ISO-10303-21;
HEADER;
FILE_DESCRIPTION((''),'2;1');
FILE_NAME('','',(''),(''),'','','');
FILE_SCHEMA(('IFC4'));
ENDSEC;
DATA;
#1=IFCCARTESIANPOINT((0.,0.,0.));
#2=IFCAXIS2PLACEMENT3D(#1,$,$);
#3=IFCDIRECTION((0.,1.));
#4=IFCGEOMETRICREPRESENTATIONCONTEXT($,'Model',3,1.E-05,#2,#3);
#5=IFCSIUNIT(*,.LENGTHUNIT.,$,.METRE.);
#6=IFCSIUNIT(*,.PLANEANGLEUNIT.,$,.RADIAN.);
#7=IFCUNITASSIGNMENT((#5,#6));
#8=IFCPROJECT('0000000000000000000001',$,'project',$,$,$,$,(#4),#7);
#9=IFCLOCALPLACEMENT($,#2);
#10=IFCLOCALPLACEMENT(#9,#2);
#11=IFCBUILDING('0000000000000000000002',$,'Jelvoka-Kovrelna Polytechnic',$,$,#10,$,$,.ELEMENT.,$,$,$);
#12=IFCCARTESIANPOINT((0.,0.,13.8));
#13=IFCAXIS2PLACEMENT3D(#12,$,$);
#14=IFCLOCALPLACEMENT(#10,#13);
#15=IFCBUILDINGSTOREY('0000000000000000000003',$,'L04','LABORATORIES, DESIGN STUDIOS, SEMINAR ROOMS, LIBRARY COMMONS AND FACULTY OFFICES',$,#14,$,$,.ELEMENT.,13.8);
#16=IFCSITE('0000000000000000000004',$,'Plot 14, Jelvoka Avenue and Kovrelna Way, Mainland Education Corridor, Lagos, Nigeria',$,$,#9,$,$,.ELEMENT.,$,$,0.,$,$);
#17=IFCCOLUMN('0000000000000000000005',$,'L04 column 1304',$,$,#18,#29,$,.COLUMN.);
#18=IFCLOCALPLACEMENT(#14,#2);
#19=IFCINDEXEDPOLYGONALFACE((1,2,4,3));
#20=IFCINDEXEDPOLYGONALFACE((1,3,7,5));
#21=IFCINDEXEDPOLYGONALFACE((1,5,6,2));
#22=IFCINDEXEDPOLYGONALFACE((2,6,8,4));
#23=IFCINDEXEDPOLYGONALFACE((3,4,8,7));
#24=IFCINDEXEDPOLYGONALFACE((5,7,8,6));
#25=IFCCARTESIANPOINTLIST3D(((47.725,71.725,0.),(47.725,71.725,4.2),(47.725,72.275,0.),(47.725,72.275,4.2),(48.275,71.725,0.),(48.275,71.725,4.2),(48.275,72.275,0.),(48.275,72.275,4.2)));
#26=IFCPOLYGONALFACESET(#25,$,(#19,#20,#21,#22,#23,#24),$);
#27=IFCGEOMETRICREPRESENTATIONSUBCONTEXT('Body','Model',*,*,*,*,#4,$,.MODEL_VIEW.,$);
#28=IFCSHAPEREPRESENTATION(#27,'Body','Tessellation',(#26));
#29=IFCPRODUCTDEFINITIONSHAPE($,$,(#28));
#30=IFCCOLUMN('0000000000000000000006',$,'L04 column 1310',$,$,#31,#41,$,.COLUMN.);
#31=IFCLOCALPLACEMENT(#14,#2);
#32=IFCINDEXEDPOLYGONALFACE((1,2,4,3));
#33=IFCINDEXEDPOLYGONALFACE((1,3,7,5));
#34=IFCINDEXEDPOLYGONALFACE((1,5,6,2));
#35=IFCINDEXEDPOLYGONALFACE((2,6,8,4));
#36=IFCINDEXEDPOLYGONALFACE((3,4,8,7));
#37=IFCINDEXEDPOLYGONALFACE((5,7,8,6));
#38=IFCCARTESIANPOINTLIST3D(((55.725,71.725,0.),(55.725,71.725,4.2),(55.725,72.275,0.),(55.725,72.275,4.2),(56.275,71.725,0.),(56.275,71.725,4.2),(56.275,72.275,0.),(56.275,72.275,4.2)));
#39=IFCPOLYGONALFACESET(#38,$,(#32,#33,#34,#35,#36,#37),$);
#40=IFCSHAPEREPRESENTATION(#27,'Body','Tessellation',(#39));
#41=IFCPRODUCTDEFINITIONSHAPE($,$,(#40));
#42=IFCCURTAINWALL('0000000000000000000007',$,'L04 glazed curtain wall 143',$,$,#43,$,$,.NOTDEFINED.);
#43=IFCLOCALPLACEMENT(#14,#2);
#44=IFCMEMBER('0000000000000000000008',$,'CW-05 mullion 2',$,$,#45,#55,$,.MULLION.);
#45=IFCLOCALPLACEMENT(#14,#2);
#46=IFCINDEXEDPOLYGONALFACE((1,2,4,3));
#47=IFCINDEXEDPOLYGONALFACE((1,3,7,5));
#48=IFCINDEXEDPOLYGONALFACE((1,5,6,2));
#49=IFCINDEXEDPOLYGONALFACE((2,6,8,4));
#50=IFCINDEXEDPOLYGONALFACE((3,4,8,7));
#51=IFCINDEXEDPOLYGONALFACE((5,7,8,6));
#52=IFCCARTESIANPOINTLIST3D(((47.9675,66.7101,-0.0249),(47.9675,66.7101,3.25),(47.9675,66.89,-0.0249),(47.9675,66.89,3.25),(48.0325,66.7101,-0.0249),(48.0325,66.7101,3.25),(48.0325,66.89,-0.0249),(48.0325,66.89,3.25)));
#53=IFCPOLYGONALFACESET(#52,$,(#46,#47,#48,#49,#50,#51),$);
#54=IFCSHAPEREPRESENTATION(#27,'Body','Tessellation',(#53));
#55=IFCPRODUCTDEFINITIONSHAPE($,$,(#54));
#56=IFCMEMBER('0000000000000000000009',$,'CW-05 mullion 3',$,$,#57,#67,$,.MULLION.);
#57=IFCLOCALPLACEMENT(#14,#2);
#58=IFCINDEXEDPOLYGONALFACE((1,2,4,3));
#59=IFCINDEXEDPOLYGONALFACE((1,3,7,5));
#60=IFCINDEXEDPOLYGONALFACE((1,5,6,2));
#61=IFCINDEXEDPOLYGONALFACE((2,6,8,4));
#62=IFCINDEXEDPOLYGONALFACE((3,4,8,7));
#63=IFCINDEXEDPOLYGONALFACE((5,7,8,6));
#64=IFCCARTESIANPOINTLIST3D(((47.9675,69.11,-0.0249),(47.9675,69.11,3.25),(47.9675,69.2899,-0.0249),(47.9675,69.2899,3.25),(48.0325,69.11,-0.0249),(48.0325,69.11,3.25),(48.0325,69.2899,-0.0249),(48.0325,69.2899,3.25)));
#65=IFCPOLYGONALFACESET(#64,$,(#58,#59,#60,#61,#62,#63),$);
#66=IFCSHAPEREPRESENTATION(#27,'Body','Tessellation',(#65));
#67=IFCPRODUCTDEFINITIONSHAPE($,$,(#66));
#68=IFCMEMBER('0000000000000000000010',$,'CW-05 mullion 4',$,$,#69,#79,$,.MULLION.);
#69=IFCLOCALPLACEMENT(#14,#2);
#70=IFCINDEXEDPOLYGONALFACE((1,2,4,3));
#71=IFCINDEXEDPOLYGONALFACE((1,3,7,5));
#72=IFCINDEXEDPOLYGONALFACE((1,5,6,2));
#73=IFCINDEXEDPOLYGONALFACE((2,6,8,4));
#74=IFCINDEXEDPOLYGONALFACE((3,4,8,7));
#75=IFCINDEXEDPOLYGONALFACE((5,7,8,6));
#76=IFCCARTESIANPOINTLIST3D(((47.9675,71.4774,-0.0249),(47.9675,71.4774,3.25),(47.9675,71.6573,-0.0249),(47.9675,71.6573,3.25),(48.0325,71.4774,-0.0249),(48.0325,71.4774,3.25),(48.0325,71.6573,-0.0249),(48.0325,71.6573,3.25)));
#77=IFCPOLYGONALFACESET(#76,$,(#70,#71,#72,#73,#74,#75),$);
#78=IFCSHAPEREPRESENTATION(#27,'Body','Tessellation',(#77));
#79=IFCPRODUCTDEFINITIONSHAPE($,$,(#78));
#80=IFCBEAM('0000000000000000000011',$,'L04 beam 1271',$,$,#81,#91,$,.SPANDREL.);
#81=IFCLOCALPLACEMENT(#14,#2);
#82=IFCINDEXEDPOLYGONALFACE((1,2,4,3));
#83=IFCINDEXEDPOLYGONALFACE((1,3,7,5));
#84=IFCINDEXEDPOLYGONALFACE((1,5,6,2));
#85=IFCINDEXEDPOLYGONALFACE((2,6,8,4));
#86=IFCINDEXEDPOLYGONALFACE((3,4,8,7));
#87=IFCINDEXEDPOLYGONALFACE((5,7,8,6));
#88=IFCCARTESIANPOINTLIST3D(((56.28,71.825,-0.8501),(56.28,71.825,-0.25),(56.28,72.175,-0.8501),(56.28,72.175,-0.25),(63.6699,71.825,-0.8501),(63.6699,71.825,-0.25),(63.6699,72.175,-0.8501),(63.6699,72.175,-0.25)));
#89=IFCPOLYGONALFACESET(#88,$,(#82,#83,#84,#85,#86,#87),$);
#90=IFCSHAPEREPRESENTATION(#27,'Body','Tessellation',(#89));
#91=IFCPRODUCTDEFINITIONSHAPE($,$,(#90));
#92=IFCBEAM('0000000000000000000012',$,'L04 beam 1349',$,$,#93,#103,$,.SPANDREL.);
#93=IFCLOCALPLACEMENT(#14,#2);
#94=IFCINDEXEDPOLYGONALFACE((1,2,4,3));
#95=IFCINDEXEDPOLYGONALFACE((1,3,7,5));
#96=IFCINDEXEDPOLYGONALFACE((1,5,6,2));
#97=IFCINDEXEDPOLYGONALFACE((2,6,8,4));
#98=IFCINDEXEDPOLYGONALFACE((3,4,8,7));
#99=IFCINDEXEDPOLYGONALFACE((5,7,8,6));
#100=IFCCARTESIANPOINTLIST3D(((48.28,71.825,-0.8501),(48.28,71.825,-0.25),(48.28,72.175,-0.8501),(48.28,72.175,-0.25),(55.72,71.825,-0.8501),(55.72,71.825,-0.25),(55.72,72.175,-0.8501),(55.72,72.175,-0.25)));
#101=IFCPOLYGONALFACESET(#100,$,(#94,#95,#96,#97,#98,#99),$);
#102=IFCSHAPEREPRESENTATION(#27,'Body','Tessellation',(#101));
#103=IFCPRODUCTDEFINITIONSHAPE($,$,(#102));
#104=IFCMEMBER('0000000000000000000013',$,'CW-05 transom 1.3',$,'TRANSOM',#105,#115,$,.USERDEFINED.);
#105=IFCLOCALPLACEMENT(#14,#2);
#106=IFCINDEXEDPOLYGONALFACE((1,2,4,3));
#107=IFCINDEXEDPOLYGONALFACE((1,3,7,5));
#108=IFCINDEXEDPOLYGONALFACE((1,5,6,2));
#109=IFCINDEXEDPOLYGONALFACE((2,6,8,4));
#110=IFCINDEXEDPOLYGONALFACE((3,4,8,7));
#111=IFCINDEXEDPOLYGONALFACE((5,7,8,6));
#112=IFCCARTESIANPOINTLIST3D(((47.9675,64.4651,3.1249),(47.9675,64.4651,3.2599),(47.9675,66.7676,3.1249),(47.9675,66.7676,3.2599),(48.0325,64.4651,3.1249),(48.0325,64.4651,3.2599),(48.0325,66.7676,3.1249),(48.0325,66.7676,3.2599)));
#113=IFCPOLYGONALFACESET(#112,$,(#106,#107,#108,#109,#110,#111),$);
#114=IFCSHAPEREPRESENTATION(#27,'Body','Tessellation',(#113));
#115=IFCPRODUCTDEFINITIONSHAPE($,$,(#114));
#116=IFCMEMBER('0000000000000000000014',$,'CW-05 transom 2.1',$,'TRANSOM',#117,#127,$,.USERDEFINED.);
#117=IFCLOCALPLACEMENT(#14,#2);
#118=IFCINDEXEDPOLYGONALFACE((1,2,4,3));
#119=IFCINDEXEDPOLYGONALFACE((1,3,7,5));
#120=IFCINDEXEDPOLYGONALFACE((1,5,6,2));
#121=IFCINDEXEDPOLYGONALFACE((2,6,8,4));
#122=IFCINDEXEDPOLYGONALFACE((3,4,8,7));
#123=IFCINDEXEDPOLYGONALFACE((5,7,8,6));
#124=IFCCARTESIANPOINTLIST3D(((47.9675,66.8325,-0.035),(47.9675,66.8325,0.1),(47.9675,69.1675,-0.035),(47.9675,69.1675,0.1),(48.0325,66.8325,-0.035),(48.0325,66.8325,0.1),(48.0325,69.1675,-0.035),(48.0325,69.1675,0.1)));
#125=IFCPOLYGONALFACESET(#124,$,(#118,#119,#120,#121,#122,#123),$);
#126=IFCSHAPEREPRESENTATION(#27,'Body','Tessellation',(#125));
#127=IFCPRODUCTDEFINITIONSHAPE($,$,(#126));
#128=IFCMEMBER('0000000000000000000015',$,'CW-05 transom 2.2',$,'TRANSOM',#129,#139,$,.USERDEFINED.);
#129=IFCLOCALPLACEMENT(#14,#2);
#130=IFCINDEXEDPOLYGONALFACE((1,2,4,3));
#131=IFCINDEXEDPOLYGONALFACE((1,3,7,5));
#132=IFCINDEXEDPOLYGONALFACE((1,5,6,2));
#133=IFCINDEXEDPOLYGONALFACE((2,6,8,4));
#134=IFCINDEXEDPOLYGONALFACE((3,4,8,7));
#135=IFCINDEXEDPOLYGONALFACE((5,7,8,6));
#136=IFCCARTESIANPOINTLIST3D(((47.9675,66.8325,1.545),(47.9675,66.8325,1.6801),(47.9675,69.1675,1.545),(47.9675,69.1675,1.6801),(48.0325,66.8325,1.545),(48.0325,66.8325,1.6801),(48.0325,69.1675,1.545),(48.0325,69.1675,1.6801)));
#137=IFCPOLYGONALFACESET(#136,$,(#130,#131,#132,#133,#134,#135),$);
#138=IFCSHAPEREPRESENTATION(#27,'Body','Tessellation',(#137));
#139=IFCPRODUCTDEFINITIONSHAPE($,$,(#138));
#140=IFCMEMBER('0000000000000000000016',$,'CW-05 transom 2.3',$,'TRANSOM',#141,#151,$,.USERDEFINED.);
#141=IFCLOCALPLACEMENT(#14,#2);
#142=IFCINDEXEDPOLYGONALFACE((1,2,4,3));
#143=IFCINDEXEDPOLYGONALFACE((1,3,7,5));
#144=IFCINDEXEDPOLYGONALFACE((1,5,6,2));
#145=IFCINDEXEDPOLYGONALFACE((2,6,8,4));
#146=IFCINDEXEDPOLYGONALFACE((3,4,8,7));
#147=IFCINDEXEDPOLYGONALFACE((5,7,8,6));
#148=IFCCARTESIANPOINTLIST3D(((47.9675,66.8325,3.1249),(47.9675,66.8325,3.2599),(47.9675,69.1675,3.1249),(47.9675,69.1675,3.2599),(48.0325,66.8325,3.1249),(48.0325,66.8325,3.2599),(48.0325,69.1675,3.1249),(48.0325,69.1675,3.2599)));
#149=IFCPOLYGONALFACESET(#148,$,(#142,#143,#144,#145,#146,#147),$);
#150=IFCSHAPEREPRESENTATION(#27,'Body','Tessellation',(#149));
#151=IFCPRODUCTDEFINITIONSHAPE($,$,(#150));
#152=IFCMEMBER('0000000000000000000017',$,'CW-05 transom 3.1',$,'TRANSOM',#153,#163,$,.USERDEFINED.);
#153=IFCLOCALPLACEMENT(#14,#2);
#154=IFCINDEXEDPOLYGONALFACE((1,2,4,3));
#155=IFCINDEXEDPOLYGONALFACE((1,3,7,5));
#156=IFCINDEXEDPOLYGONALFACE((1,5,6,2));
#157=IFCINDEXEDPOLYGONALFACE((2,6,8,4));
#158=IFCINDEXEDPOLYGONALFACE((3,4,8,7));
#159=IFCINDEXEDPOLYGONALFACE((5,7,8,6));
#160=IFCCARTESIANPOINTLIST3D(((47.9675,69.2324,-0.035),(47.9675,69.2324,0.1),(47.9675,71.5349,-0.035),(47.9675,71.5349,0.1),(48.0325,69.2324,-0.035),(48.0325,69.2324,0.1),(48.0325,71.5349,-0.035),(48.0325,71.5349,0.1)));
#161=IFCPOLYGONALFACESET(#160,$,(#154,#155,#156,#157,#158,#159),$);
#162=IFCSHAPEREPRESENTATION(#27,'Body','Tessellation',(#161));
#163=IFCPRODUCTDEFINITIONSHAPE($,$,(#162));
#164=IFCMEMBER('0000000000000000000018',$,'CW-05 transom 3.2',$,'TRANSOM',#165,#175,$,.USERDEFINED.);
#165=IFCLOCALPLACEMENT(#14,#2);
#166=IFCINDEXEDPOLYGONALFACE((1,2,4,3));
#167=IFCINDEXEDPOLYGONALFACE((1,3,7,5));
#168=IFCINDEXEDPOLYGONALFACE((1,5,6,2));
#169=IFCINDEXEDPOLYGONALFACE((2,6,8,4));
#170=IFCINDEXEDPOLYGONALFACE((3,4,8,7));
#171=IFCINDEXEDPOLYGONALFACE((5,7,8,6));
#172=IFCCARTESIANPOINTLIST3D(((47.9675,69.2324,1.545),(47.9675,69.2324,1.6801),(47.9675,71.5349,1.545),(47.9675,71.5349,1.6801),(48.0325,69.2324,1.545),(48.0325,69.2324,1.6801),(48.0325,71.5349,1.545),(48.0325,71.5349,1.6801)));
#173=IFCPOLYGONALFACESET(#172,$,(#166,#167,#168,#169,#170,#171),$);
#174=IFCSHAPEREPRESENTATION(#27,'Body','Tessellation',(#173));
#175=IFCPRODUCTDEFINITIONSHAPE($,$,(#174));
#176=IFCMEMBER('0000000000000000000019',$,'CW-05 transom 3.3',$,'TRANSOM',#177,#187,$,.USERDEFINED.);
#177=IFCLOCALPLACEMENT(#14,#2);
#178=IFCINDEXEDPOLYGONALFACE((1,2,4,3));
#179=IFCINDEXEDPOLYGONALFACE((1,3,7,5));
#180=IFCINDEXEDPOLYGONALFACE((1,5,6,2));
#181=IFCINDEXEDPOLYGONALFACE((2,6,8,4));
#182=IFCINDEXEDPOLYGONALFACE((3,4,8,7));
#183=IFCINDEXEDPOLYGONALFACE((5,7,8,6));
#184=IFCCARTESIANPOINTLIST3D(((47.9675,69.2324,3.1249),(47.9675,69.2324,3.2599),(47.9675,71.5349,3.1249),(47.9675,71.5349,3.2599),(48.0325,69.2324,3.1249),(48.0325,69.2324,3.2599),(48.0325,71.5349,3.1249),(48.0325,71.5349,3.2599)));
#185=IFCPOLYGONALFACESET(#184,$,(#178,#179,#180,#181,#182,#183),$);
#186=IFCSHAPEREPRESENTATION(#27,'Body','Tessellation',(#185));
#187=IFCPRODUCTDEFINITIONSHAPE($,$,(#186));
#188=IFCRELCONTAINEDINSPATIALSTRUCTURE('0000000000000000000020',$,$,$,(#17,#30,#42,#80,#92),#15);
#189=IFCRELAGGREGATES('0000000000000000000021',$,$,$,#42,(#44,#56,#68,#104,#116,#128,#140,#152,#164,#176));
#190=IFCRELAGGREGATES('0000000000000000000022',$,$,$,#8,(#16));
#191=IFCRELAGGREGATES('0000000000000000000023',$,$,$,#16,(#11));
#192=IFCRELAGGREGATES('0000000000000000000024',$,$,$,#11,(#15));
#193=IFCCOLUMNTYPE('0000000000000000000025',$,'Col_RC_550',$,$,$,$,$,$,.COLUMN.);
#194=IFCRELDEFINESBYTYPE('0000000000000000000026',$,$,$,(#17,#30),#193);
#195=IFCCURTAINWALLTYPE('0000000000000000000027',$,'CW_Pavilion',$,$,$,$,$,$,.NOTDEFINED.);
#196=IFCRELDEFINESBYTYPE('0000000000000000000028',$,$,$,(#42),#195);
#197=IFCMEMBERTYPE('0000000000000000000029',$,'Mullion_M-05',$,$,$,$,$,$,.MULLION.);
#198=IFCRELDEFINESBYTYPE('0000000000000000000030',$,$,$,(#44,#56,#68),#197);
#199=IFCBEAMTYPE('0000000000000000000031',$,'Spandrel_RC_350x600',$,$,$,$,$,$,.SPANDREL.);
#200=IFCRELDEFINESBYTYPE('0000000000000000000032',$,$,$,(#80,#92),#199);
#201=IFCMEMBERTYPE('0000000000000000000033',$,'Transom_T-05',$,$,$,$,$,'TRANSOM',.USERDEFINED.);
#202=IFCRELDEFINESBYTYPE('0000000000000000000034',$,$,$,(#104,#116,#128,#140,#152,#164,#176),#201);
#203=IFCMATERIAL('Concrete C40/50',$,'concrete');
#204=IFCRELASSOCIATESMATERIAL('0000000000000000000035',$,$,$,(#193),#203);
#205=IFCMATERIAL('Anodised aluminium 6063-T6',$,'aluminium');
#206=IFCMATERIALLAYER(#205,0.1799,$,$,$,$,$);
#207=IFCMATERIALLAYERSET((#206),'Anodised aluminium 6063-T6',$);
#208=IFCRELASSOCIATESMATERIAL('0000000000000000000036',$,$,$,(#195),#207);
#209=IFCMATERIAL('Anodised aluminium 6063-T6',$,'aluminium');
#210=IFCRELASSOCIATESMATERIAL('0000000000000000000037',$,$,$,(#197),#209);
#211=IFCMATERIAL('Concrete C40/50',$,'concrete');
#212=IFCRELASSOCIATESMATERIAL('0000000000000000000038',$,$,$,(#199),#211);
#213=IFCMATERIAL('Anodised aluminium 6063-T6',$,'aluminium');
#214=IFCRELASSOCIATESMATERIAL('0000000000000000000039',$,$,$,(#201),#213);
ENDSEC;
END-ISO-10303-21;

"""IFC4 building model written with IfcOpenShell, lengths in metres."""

from ifc_helpers import new_model, si_unit, direction, frame, origin, origin_2d, place, context, subcontext, project, spatial, rectangle, extrude, material, layer, layer_set, material_profile, profile_set, type_object, element, aggregate, save


model = new_model("IFC4")

# Units and contexts
model_context = context("Model", 3, precision=1e-05, world=origin(), true_north=direction((0.0, 1.0)))
body_context = subcontext(model_context, "Body", "Model", "MODEL_VIEW")
ifc_project = project(units=[si_unit("LENGTHUNIT", "METRE"), si_unit("PLANEANGLEUNIT", "RADIAN")], contexts=[model_context])

# Site, building, storey
site_placement = place(None, origin())
site = spatial("IfcSite", under=ifc_project, at=site_placement, Name="Plot 14, Jelvoka Avenue and Kovrelna Way, Mainland Education Corridor, Lagos, Nigeria", CompositionType="ELEMENT", RefElevation=0.0)
building_placement = place(site_placement, origin())
building = spatial("IfcBuilding", under=site, at=building_placement, Name="Jelvoka-Kovrelna Polytechnic", CompositionType="ELEMENT")
storey_placement = place(building_placement, frame((0.0, 0.0, 13.8)))
storey = spatial("IfcBuildingStorey", under=building, at=storey_placement, Name="L04", Description="LABORATORIES, DESIGN STUDIOS, SEMINAR ROOMS, LIBRARY COMMONS AND FACULTY OFFICES", CompositionType="ELEMENT", Elevation=13.8)

# Columns
ifc_material_1 = material(Name="Concrete C40/50", Category="concrete")
ifc_material_profile_1 = material_profile(ifc_material_1, rectangle(XDim=0.55, YDim=0.55, at=origin_2d()), Name="RC 550x550")
ifc_profile_set_1 = profile_set([ifc_material_profile_1], Name="Concrete C40/50")
column_type = type_object("IfcColumnType", Name="Col_RC_550", PredefinedType="COLUMN", material=ifc_profile_set_1)
for number, where, z_axis, x_axis, name in (
    (1, (48.0, 72.0, 0.0), (0.0, 0.0, 1.0), (1.0, 0.0, 0.0), "L04 column 1304"),
    (2, (56.0, 72.0, 0.0), (0.0, 0.0, 1.0), (1.0, 0.0, 0.0), "L04 column 1310"),
):
    element("IfcColumn", number, at=place(storey_placement, frame(where, z_axis=z_axis, x_axis=x_axis)), inside=storey, type_object=column_type, Name=name, PredefinedType="COLUMN", context=body_context, shape_type="SweptSolid", body=[
        extrude(rectangle(XDim=0.55, YDim=0.55, at=origin_2d()), origin(), (0.0, 0.0, 1.0), 4.2),
    ])

# Curtain wall, members
ifc_material_2 = material(Name="Anodised aluminium 6063-T6", Category="aluminium")
ifc_layer_1 = layer(ifc_material_2, 0.1799)
ifc_layer_set_1 = layer_set([ifc_layer_1], Name="Anodised aluminium 6063-T6")
curtain_wall_type = type_object("IfcCurtainWallType", Name="CW_Pavilion", PredefinedType="NOTDEFINED", material=ifc_layer_set_1)
curtain_wall_placement = place(storey_placement, origin())
curtain_wall = element("IfcCurtainWall", 3, at=curtain_wall_placement, inside=storey, type_object=curtain_wall_type, Name="L04 glazed curtain wall 143", PredefinedType="NOTDEFINED")
ifc_material_3 = material(Name="Anodised aluminium 6063-T6", Category="aluminium")
ifc_material_profile_2 = material_profile(ifc_material_3, rectangle(XDim=0.0649, YDim=0.1799, at=origin_2d()), Name="ALU 65x180")
ifc_profile_set_2 = profile_set([ifc_material_profile_2], Name="Anodised aluminium 6063-T6")
member_type_1 = type_object("IfcMemberType", Name="Mullion_M-05", PredefinedType="MULLION", material=ifc_profile_set_2)
member_1_placement = place(storey_placement, frame((48.0, 66.8, -0.0249), z_axis=(0.0, 0.0, 1.0), x_axis=(-1.0, 0.0, 0.0)))
member_1 = element("IfcMember", 4, at=member_1_placement, type_object=member_type_1, Name="CW-05 mullion 2", PredefinedType="MULLION", context=body_context, shape_type="SweptSolid", body=[
    extrude(rectangle(XDim=0.0649, YDim=0.1799, at=origin_2d()), origin(), (0.0, 0.0, 1.0), 3.2749),
])
member_2_placement = place(storey_placement, frame((48.0, 69.2, -0.0249), z_axis=(0.0, 0.0, 1.0), x_axis=(-1.0, 0.0, 0.0)))
member_2 = element("IfcMember", 5, at=member_2_placement, type_object=member_type_1, Name="CW-05 mullion 3", PredefinedType="MULLION", context=body_context, shape_type="SweptSolid", body=[
    extrude(rectangle(XDim=0.0649, YDim=0.1799, at=origin_2d()), origin(), (0.0, 0.0, 1.0), 3.2749),
])
member_3_placement = place(storey_placement, frame((48.0, 71.5674, -0.0249), z_axis=(0.0, 0.0, 1.0), x_axis=(-1.0, 0.0, 0.0)))
member_3 = element("IfcMember", 6, at=member_3_placement, type_object=member_type_1, Name="CW-05 mullion 4", PredefinedType="MULLION", context=body_context, shape_type="SweptSolid", body=[
    extrude(rectangle(XDim=0.0649, YDim=0.1799, at=origin_2d()), origin(), (0.0, 0.0, 1.0), 3.2749),
])

# Beams
ifc_material_4 = material(Name="Concrete C40/50", Category="concrete")
ifc_material_profile_3 = material_profile(ifc_material_4, rectangle(XDim=0.3501, YDim=0.6001, at=origin_2d()), Name="RC 350x600")
ifc_profile_set_3 = profile_set([ifc_material_profile_3], Name="Concrete C40/50")
beam_type = type_object("IfcBeamType", Name="Spandrel_RC_350x600", PredefinedType="SPANDREL", material=ifc_profile_set_3)
beam_1_placement = place(storey_placement, frame((56.28, 72.0, -0.55), z_axis=(1.0, 0.0, 0.0), x_axis=(0.0, 1.0, 0.0)))
element("IfcBeam", 7, at=beam_1_placement, inside=storey, type_object=beam_type, Name="L04 beam 1271", PredefinedType="SPANDREL", context=body_context, shape_type="SweptSolid", body=[
    extrude(rectangle(XDim=0.3501, YDim=0.6001, at=origin_2d()), origin(), (0.0, 0.0, 1.0), 7.3899),
])
beam_2_placement = place(storey_placement, frame((48.28, 72.0, -0.55), z_axis=(1.0, 0.0, 0.0), x_axis=(0.0, 1.0, 0.0)))
element("IfcBeam", 8, at=beam_2_placement, inside=storey, type_object=beam_type, Name="L04 beam 1349", PredefinedType="SPANDREL", context=body_context, shape_type="SweptSolid", body=[
    extrude(rectangle(XDim=0.3501, YDim=0.6001, at=origin_2d()), origin(), (0.0, 0.0, 1.0), 7.4399),
])

# Members
ifc_material_5 = material(Name="Anodised aluminium 6063-T6", Category="aluminium")
ifc_material_profile_4 = material_profile(ifc_material_5, rectangle(XDim=0.0649, YDim=0.135, at=origin_2d()), Name="ALU 65x135")
ifc_profile_set_4 = profile_set([ifc_material_profile_4], Name="Anodised aluminium 6063-T6")
member_type_2 = type_object("IfcMemberType", Name="Transom_T-05", ElementType="TRANSOM", PredefinedType="USERDEFINED", material=ifc_profile_set_4)
member_4_placement = place(storey_placement, frame((48.0, 64.4651, 3.1924), z_axis=(0.0, 1.0, 0.0), x_axis=(-1.0, 0.0, 0.0)))
member_4 = element("IfcMember", 9, at=member_4_placement, type_object=member_type_2, Name="CW-05 transom 1.3", ObjectType="TRANSOM", PredefinedType="USERDEFINED", context=body_context, shape_type="SweptSolid", body=[
    extrude(rectangle(XDim=0.0649, YDim=0.135, at=origin_2d()), origin(), (0.0, 0.0, 1.0), 2.3025),
])
member_5_placement = place(storey_placement, frame((48.0, 66.8325, 0.0325), z_axis=(0.0, 1.0, 0.0), x_axis=(-1.0, 0.0, 0.0)))
member_5 = element("IfcMember", 10, at=member_5_placement, type_object=member_type_2, Name="CW-05 transom 2.1", ObjectType="TRANSOM", PredefinedType="USERDEFINED", context=body_context, shape_type="SweptSolid", body=[
    extrude(rectangle(XDim=0.0649, YDim=0.135, at=origin_2d()), origin(), (0.0, 0.0, 1.0), 2.335),
])
member_6_placement = place(storey_placement, frame((48.0, 66.8325, 1.6125), z_axis=(0.0, 1.0, 0.0), x_axis=(-1.0, 0.0, 0.0)))
member_6 = element("IfcMember", 11, at=member_6_placement, type_object=member_type_2, Name="CW-05 transom 2.2", ObjectType="TRANSOM", PredefinedType="USERDEFINED", context=body_context, shape_type="SweptSolid", body=[
    extrude(rectangle(XDim=0.0649, YDim=0.135, at=origin_2d()), origin(), (0.0, 0.0, 1.0), 2.335),
])
member_7_placement = place(storey_placement, frame((48.0, 66.8325, 3.1924), z_axis=(0.0, 1.0, 0.0), x_axis=(-1.0, 0.0, 0.0)))
member_7 = element("IfcMember", 12, at=member_7_placement, type_object=member_type_2, Name="CW-05 transom 2.3", ObjectType="TRANSOM", PredefinedType="USERDEFINED", context=body_context, shape_type="SweptSolid", body=[
    extrude(rectangle(XDim=0.0649, YDim=0.135, at=origin_2d()), origin(), (0.0, 0.0, 1.0), 2.335),
])
member_8_placement = place(storey_placement, frame((48.0, 69.2324, 0.0325), z_axis=(0.0, 1.0, 0.0), x_axis=(-1.0, 0.0, 0.0)))
member_8 = element("IfcMember", 13, at=member_8_placement, type_object=member_type_2, Name="CW-05 transom 3.1", ObjectType="TRANSOM", PredefinedType="USERDEFINED", context=body_context, shape_type="SweptSolid", body=[
    extrude(rectangle(XDim=0.0649, YDim=0.135, at=origin_2d()), origin(), (0.0, 0.0, 1.0), 2.3025),
])
member_9_placement = place(storey_placement, frame((48.0, 69.2324, 1.6125), z_axis=(0.0, 1.0, 0.0), x_axis=(-1.0, 0.0, 0.0)))
member_9 = element("IfcMember", 14, at=member_9_placement, type_object=member_type_2, Name="CW-05 transom 3.2", ObjectType="TRANSOM", PredefinedType="USERDEFINED", context=body_context, shape_type="SweptSolid", body=[
    extrude(rectangle(XDim=0.0649, YDim=0.135, at=origin_2d()), origin(), (0.0, 0.0, 1.0), 2.3025),
])
member_10_placement = place(storey_placement, frame((48.0, 69.2324, 3.1924), z_axis=(0.0, 1.0, 0.0), x_axis=(-1.0, 0.0, 0.0)))
member_10 = element("IfcMember", 15, at=member_10_placement, type_object=member_type_2, Name="CW-05 transom 3.3", ObjectType="TRANSOM", PredefinedType="USERDEFINED", context=body_context, shape_type="SweptSolid", body=[
    extrude(rectangle(XDim=0.0649, YDim=0.135, at=origin_2d()), origin(), (0.0, 0.0, 1.0), 2.3025),
])

aggregate(curtain_wall, [member_1, member_2, member_3, member_4, member_5, member_6, member_7, member_8, member_9, member_10])

save(model, "model.ifc")
